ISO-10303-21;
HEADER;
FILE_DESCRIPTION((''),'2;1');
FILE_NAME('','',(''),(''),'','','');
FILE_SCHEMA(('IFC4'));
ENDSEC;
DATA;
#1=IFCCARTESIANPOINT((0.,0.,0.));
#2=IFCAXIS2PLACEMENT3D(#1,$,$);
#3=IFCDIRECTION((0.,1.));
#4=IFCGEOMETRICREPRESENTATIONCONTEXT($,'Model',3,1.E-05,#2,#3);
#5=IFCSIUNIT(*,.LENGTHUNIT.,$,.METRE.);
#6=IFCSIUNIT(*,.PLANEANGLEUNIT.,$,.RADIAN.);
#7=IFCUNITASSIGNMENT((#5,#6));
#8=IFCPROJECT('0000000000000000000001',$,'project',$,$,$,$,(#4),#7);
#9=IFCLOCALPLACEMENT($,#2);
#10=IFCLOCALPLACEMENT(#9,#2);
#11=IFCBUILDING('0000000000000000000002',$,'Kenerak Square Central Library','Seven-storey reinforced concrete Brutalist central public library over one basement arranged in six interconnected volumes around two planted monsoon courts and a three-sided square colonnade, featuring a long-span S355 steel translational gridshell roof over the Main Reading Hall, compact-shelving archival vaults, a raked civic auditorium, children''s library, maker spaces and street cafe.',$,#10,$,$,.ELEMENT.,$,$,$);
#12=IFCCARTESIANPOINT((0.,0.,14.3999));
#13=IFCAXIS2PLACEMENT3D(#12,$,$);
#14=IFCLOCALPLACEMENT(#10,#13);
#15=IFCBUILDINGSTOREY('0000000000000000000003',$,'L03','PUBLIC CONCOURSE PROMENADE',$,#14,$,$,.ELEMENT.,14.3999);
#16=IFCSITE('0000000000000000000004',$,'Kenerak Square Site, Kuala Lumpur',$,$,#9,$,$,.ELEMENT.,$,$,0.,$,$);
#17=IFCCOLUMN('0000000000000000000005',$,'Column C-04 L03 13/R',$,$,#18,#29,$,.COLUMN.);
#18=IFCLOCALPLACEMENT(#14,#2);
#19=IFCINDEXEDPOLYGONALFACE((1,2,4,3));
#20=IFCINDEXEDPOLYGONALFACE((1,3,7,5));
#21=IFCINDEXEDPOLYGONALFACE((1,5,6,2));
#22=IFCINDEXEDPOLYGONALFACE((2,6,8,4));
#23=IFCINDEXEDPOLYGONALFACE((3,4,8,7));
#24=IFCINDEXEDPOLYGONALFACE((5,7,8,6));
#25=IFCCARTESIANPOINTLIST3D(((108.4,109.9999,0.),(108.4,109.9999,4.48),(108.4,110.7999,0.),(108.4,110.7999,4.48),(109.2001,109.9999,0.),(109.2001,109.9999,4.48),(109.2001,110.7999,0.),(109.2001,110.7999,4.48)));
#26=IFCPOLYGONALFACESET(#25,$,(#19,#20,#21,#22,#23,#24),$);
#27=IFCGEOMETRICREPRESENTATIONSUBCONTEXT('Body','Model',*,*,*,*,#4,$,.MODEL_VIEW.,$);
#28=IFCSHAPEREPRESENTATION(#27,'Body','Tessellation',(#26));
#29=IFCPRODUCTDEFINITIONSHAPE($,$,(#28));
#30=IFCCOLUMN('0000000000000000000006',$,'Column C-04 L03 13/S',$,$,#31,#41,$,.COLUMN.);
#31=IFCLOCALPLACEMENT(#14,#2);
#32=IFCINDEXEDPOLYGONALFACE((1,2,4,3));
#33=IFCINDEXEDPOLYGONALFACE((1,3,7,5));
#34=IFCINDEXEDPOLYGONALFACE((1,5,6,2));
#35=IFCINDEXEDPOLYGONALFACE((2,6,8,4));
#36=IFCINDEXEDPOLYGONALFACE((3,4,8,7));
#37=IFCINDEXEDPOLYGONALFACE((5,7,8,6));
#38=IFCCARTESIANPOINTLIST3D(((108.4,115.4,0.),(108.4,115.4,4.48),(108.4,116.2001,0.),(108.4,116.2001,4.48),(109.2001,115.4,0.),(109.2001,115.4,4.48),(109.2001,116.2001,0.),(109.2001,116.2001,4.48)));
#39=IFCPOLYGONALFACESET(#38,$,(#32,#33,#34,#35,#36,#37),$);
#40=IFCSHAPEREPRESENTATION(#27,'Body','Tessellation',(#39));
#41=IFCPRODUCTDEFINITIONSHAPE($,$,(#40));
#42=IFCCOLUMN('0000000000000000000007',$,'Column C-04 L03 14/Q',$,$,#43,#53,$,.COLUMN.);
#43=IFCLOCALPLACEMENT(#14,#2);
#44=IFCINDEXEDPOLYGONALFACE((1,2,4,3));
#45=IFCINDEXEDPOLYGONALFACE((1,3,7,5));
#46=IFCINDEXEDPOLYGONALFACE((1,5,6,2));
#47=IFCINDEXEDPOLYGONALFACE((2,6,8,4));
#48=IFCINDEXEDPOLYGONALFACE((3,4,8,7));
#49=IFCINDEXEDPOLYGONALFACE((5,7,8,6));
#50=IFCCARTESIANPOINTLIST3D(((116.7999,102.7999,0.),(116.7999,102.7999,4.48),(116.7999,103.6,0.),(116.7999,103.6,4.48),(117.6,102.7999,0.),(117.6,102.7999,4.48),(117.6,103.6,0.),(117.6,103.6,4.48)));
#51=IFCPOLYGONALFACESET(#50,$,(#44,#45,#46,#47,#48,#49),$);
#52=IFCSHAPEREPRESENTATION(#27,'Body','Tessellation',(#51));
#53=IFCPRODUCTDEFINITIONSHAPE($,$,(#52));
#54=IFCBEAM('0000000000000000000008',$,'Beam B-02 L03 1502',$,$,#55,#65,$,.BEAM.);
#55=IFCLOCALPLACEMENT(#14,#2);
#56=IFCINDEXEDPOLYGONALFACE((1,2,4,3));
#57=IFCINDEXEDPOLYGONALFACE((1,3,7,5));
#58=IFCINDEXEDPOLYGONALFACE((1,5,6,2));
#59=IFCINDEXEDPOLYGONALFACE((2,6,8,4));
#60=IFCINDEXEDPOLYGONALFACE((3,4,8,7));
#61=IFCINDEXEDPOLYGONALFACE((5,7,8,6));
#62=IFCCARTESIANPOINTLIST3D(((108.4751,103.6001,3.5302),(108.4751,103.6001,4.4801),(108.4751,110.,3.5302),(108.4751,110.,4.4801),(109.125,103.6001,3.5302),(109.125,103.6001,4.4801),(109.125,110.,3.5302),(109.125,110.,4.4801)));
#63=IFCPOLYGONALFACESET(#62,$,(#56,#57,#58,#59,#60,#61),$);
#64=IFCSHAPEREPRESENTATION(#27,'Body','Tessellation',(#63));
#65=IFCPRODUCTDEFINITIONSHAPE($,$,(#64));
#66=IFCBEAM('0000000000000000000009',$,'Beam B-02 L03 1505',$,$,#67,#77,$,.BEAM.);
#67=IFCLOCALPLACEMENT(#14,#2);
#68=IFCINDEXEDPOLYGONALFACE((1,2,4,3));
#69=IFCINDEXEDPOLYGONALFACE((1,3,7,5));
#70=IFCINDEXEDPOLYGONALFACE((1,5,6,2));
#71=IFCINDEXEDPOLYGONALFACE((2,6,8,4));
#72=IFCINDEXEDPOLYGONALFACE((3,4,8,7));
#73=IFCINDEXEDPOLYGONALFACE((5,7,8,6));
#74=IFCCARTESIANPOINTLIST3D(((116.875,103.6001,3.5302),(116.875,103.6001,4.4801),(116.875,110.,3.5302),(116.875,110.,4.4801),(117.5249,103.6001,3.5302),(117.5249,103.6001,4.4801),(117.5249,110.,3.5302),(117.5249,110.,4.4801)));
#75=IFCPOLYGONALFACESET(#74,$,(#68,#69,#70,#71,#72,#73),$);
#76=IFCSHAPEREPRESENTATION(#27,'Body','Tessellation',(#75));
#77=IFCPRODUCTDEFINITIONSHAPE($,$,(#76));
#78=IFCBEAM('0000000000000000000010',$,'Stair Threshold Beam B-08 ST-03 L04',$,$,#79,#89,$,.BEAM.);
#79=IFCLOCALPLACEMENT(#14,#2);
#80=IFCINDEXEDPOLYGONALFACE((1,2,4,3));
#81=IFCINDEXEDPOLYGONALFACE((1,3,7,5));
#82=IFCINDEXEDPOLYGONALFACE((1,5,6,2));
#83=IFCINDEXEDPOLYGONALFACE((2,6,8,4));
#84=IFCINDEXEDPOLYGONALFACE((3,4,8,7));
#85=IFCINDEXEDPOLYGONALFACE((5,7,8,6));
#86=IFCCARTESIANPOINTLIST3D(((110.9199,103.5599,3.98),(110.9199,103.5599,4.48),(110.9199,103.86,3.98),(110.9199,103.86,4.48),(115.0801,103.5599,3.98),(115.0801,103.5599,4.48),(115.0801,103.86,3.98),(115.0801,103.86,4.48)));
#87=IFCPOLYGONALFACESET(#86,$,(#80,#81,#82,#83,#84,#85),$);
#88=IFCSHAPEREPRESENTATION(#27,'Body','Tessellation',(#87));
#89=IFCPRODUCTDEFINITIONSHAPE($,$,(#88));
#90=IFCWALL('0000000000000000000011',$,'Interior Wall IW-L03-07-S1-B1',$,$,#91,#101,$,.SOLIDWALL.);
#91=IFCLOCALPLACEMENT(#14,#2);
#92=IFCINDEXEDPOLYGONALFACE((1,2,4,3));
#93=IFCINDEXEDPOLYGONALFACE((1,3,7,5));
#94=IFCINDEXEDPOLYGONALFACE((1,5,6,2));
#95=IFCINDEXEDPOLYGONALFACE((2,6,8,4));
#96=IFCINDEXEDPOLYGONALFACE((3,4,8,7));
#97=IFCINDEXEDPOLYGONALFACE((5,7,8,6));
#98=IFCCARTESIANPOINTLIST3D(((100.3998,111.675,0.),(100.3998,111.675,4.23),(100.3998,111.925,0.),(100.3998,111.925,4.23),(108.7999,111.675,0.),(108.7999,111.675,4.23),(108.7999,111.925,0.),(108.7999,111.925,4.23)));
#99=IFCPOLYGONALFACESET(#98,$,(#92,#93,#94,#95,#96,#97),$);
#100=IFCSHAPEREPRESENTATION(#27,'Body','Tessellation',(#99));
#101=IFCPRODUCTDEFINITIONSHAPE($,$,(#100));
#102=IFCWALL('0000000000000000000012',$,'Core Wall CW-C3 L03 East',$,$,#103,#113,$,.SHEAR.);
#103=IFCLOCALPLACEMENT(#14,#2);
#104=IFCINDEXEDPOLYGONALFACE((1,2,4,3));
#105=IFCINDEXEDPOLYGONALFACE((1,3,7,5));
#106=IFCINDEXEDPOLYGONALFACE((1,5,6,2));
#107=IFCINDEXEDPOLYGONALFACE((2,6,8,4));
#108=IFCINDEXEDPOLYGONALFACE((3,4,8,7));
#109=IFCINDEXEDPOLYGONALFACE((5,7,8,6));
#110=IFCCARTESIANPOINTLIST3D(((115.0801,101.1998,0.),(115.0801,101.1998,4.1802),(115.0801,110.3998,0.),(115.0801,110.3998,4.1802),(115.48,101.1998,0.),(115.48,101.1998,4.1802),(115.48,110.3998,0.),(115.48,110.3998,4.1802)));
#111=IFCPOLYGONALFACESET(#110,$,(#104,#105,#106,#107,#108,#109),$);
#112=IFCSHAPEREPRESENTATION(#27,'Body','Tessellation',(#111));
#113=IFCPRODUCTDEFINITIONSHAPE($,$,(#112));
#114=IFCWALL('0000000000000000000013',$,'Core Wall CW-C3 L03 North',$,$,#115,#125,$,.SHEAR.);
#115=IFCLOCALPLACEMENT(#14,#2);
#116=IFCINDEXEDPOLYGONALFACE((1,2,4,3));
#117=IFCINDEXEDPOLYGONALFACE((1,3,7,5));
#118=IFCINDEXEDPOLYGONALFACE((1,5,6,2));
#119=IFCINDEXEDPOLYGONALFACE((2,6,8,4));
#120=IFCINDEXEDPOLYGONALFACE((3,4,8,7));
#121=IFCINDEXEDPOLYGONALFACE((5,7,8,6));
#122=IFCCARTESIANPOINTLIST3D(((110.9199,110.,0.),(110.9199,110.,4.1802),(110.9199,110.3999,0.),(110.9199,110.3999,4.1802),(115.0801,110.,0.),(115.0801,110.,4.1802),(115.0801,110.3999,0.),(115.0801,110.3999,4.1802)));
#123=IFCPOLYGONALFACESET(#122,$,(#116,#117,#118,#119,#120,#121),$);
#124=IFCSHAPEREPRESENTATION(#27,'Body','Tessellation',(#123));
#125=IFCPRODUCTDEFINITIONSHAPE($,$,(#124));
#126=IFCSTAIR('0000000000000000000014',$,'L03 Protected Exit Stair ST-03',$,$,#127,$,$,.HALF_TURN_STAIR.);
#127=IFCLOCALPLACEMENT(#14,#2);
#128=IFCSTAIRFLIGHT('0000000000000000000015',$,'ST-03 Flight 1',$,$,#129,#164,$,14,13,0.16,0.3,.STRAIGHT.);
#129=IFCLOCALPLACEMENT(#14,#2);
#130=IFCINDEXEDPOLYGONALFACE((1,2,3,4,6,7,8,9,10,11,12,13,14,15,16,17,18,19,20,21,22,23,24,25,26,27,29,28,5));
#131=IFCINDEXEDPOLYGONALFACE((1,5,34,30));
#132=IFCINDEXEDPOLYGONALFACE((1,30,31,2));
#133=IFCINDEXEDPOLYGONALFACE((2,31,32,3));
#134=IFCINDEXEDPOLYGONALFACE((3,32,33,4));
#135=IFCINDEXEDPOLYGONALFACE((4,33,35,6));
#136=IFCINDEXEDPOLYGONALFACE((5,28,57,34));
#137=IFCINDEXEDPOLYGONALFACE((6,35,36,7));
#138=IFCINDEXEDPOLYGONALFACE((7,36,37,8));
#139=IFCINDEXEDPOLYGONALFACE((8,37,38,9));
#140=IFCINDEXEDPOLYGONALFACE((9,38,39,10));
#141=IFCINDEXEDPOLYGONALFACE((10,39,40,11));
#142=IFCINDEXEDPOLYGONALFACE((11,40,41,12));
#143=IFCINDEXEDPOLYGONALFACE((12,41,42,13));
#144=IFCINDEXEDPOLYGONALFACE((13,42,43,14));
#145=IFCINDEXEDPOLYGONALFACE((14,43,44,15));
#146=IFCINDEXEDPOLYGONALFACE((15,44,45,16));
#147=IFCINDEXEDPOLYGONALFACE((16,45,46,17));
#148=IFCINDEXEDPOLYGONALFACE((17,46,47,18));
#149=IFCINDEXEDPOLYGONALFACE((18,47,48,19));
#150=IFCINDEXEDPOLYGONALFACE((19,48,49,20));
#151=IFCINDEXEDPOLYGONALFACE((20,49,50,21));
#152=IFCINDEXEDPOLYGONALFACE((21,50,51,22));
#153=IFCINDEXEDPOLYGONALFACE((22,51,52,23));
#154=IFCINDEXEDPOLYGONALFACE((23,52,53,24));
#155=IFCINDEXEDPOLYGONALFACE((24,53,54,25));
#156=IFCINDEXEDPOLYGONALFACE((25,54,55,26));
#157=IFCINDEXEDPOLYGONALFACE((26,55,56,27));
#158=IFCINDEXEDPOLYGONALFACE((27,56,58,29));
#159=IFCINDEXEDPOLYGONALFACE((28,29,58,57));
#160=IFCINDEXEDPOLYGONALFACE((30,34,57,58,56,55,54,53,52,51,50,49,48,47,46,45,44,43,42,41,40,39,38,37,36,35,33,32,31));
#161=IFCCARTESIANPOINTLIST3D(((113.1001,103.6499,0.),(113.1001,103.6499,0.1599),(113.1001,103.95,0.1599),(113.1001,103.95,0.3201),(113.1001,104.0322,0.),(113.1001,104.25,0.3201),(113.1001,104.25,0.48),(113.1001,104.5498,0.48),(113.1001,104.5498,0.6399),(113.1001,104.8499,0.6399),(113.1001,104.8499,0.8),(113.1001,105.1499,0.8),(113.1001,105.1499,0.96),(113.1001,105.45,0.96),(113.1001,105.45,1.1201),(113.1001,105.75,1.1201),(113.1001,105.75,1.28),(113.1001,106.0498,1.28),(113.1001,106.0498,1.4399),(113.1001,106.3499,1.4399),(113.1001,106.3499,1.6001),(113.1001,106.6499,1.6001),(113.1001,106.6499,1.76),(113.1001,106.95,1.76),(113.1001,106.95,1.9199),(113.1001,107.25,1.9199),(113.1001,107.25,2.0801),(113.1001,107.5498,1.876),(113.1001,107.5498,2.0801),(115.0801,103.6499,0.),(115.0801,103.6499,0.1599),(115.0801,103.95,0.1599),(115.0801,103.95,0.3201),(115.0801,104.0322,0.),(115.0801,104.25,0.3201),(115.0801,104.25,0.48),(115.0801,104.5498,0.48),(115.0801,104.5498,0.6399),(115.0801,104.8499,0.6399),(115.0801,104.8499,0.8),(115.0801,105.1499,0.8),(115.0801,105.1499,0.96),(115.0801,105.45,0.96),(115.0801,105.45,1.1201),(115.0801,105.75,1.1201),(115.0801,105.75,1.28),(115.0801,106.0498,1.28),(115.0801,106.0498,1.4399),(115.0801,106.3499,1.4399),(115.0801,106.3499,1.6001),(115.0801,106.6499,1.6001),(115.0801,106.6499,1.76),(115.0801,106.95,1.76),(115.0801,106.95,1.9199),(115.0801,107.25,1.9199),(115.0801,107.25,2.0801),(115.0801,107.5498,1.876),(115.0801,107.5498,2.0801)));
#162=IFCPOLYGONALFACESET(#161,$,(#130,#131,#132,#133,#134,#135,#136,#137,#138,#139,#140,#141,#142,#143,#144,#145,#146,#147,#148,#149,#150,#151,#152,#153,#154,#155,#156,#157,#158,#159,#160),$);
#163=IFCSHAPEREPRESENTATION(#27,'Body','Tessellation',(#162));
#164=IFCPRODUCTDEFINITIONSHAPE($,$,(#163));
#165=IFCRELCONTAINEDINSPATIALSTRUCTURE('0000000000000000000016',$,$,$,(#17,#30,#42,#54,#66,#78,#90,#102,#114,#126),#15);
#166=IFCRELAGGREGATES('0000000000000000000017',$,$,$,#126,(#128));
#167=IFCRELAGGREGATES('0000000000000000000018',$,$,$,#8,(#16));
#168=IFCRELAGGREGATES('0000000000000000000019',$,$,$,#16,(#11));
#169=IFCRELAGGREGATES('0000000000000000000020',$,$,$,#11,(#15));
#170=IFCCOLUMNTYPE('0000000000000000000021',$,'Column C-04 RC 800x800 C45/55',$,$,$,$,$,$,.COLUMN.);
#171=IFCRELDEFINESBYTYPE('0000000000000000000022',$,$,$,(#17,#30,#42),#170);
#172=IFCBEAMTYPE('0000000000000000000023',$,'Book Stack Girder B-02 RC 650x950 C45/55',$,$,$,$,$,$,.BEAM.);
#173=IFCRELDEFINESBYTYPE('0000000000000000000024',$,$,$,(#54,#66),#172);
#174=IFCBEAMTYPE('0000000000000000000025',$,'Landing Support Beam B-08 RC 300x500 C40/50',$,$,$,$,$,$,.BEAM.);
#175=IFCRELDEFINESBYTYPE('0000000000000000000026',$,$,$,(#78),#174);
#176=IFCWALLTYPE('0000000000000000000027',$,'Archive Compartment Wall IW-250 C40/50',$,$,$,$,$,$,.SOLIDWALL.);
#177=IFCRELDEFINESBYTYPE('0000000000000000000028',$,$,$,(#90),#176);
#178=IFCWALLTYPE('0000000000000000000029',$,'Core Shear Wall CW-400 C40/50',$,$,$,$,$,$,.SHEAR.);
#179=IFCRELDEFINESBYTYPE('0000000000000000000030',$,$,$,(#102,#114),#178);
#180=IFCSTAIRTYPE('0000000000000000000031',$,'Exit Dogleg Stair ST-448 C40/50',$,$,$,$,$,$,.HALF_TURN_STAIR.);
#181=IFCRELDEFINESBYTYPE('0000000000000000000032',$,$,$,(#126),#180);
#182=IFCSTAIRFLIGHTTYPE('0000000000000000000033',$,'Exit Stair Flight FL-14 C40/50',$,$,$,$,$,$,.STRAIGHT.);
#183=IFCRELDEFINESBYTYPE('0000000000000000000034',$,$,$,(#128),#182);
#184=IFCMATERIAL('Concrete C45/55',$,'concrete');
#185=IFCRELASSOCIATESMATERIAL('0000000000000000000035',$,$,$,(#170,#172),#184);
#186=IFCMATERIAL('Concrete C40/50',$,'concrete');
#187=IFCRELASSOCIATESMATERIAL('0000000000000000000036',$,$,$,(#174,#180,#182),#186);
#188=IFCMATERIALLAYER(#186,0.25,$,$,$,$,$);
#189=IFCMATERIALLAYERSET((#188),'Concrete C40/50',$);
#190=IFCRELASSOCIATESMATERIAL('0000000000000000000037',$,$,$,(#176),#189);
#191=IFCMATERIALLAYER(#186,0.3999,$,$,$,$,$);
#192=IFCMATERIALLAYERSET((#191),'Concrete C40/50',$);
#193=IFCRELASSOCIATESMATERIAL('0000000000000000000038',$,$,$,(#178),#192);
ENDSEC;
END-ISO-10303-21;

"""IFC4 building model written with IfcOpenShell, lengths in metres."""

from ifc_helpers import new_model, si_unit, direction, frame, frame_2d, origin, origin_2d, place, context, subcontext, project, spatial, polyline, rectangle, outline, extrude, material, layer, layer_set, material_profile, profile_set, type_object, element, aggregate, save


model = new_model("IFC4")

# Units and contexts
model_context = context("Model", 3, precision=1e-05, world=origin(), true_north=direction((0.0, 1.0)))
body_context = subcontext(model_context, "Body", "Model", "MODEL_VIEW")
ifc_project = project(units=[si_unit("LENGTHUNIT", "METRE"), si_unit("PLANEANGLEUNIT", "RADIAN")], contexts=[model_context])

# Site, building, storey
site_placement = place(None, origin())
site = spatial("IfcSite", under=ifc_project, at=site_placement, Name="Kenerak Square Site, Kuala Lumpur", CompositionType="ELEMENT", RefElevation=0.0)
building_placement = place(site_placement, origin())
building = spatial("IfcBuilding", under=site, at=building_placement, Name="Kenerak Square Central Library", Description="Seven-storey reinforced concrete Brutalist central public library over one basement arranged in six interconnected volumes around two planted monsoon courts and a three-sided square colonnade, featuring a long-span S355 steel translational gridshell roof over the Main Reading Hall, compact-shelving archival vaults, a raked civic auditorium, children's library, maker spaces and street cafe.", CompositionType="ELEMENT")
storey_placement = place(building_placement, frame((0.0, 0.0, 14.3999)))
storey = spatial("IfcBuildingStorey", under=building, at=storey_placement, Name="L03", Description="PUBLIC CONCOURSE PROMENADE", CompositionType="ELEMENT", Elevation=14.3999)

# Columns
ifc_material_1 = material(Name="Concrete C45/55", Category="concrete")
ifc_material_profile_1 = material_profile(ifc_material_1, rectangle(XDim=0.8, YDim=0.8, at=origin_2d()), Name="RC 800x800")
ifc_profile_set_1 = profile_set([ifc_material_profile_1], Name="Concrete C45/55")
column_type = type_object("IfcColumnType", Name="Column C-04 RC 800x800 C45/55", PredefinedType="COLUMN", material=ifc_profile_set_1)
for number, where, z_axis, x_axis, name in (
    (1, (108.8, 110.3999, 0.0), (0.0, 0.0, 1.0), (1.0, 0.0, 0.0), "Column C-04 L03 13/R"),
    (2, (108.8, 115.8, 0.0), (0.0, 0.0, 1.0), (1.0, 0.0, 0.0), "Column C-04 L03 13/S"),
    (3, (117.2, 103.2, 0.0), (0.0, 0.0, 1.0), (1.0, 0.0, 0.0), "Column C-04 L03 14/Q"),
):
    element("IfcColumn", number, at=place(storey_placement, frame(where, z_axis=z_axis, x_axis=x_axis)), inside=storey, type_object=column_type, Name=name, PredefinedType="COLUMN", context=body_context, shape_type="SweptSolid", body=[
        extrude(rectangle(XDim=0.8, YDim=0.8, at=origin_2d()), origin(), (0.0, 0.0, 1.0), 4.48),
    ])

# Beams
ifc_material_profile_2 = material_profile(ifc_material_1, rectangle(XDim=0.6499, YDim=0.95, at=origin_2d()), Name="RC 650x950")
ifc_profile_set_2 = profile_set([ifc_material_profile_2], Name="Concrete C45/55")
beam_type_1 = type_object("IfcBeamType", Name="Book Stack Girder B-02 RC 650x950 C45/55", PredefinedType="BEAM", material=ifc_profile_set_2)
for number, where, z_axis, x_axis, name in (
    (4, (108.8, 103.6001, 4.0051), (0.0, 1.0, 0.0), (-1.0, 0.0, 0.0), "Beam B-02 L03 1502"),
    (5, (117.2, 103.6001, 4.0051), (0.0, 1.0, 0.0), (-1.0, 0.0, 0.0), "Beam B-02 L03 1505"),
):
    element("IfcBeam", number, at=place(storey_placement, frame(where, z_axis=z_axis, x_axis=x_axis)), inside=storey, type_object=beam_type_1, Name=name, PredefinedType="BEAM", context=body_context, shape_type="SweptSolid", body=[
        extrude(rectangle(XDim=0.6499, YDim=0.95, at=origin_2d()), origin(), (0.0, 0.0, 1.0), 6.3999),
    ])
ifc_material_2 = material(Name="Concrete C40/50", Category="concrete")
ifc_material_profile_3 = material_profile(ifc_material_2, rectangle(XDim=0.3, YDim=0.5, at=origin_2d()), Name="RC 300x500")
ifc_profile_set_3 = profile_set([ifc_material_profile_3], Name="Concrete C40/50")
beam_type_2 = type_object("IfcBeamType", Name="Landing Support Beam B-08 RC 300x500 C40/50", PredefinedType="BEAM", material=ifc_profile_set_3)
beam_placement = place(storey_placement, frame((110.9199, 103.71, 4.23), z_axis=(1.0, 0.0, 0.0), x_axis=(0.0, 1.0, 0.0)))
element("IfcBeam", 6, at=beam_placement, inside=storey, type_object=beam_type_2, Name="Stair Threshold Beam B-08 ST-03 L04", PredefinedType="BEAM", context=body_context, shape_type="SweptSolid", body=[
    extrude(rectangle(XDim=0.3, YDim=0.5, at=origin_2d()), origin(), (0.0, 0.0, 1.0), 4.1602),
])

# Walls
ifc_layer_1 = layer(ifc_material_2, 0.25)
ifc_layer_set_1 = layer_set([ifc_layer_1], Name="Concrete C40/50")
wall_type_1 = type_object("IfcWallType", Name="Archive Compartment Wall IW-250 C40/50", PredefinedType="SOLIDWALL", material=ifc_layer_set_1)
wall_1_placement = place(storey_placement, frame((108.8, 111.8, 0.0), z_axis=(0.0, 0.0, 1.0), x_axis=(-1.0, 0.0, 0.0)))
element("IfcWall", 7, at=wall_1_placement, inside=storey, type_object=wall_type_1, Name="Interior Wall IW-L03-07-S1-B1", PredefinedType="SOLIDWALL", context=body_context, shape_type="SweptSolid", body=[
    extrude(rectangle(XDim=8.4001, YDim=0.25, at=frame_2d((4.2002, 0.0))), origin(), (0.0, 0.0, 1.0), 4.23),
])
ifc_layer_2 = layer(ifc_material_2, 0.3999)
ifc_layer_set_2 = layer_set([ifc_layer_2], Name="Concrete C40/50")
wall_type_2 = type_object("IfcWallType", Name="Core Shear Wall CW-400 C40/50", PredefinedType="SHEAR", material=ifc_layer_set_2)
wall_2_placement = place(storey_placement, frame((115.28, 110.3999, 0.0), z_axis=(0.0, 0.0, 1.0), x_axis=(0.0, -1.0, 0.0)))
element("IfcWall", 8, at=wall_2_placement, inside=storey, type_object=wall_type_2, Name="Core Wall CW-C3 L03 East", PredefinedType="SHEAR", context=body_context, shape_type="SweptSolid", body=[
    extrude(rectangle(XDim=9.2, YDim=0.3999, at=frame_2d((4.6001, 0.0))), origin(), (0.0, 0.0, 1.0), 4.1802),
])
wall_3_placement = place(storey_placement, frame((110.9199, 110.2, 0.0), z_axis=(0.0, 0.0, 1.0), x_axis=(1.0, 0.0, 0.0)))
element("IfcWall", 9, at=wall_3_placement, inside=storey, type_object=wall_type_2, Name="Core Wall CW-C3 L03 North", PredefinedType="SHEAR", context=body_context, shape_type="SweptSolid", body=[
    extrude(rectangle(XDim=4.1602, YDim=0.3999, at=frame_2d((2.0801, 0.0))), origin(), (0.0, 0.0, 1.0), 4.1802),
])

# Stair, stair flight
stair_type = type_object("IfcStairType", Name="Exit Dogleg Stair ST-448 C40/50", PredefinedType="HALF_TURN_STAIR", material=ifc_material_2)
stair_placement = place(storey_placement, origin())
stair = element("IfcStair", 10, at=stair_placement, inside=storey, type_object=stair_type, Name="L03 Protected Exit Stair ST-03", PredefinedType="HALF_TURN_STAIR")
stair_flight_type = type_object("IfcStairFlightType", Name="Exit Stair Flight FL-14 C40/50", PredefinedType="STRAIGHT", material=ifc_material_2)
stair_flight_1_placement = place(storey_placement, frame((114.0901, 103.6499, 0.0), z_axis=(0.0, 0.0, 1.0), x_axis=(0.0, 1.0, 0.0)))
stair_flight_1 = element("IfcStairFlight", 11, at=stair_flight_1_placement, type_object=stair_flight_type, Name="ST-03 Flight 1", NumberOfRisers=14, NumberOfTreads=13, PredefinedType="STRAIGHT", RiserHeight=0.16, TreadLength=0.3, context=body_context, shape_type="SweptSolid", body=[
    extrude(outline(polyline([(0.0, 0.0), (0.0, 0.1599), (0.3, 0.1599), (0.3, 0.3201), (0.6001, 0.3201), (0.6001, 0.48), (0.8999, 0.48), (0.8999, 0.6399), (1.2, 0.6399), (1.2, 0.8), (1.5, 0.8), (1.5, 0.96), (1.8, 0.96), (1.8, 1.1201), (2.1001, 1.1201), (2.1001, 1.28), (2.3999, 1.28), (2.3999, 1.4399), (2.7, 1.4399), (2.7, 1.6001), (3.0, 1.6001), (3.0, 1.76), (3.3, 1.76), (3.3, 1.9199), (3.6001, 1.9199), (3.6001, 2.0801), (3.8999, 2.0801), (3.8999, 2.24), (3.8999, 1.876), (0.3823, 0.0), (0.0, 0.0)])), frame((0.0, 0.99, 0.0), z_axis=(0.0, -1.0, 0.0), x_axis=(1.0, 0.0, 0.0)), (0.0, 0.0, 1.0), 1.98),
])
aggregate(stair, [stair_flight_1])

save(model, "model.ifc")
